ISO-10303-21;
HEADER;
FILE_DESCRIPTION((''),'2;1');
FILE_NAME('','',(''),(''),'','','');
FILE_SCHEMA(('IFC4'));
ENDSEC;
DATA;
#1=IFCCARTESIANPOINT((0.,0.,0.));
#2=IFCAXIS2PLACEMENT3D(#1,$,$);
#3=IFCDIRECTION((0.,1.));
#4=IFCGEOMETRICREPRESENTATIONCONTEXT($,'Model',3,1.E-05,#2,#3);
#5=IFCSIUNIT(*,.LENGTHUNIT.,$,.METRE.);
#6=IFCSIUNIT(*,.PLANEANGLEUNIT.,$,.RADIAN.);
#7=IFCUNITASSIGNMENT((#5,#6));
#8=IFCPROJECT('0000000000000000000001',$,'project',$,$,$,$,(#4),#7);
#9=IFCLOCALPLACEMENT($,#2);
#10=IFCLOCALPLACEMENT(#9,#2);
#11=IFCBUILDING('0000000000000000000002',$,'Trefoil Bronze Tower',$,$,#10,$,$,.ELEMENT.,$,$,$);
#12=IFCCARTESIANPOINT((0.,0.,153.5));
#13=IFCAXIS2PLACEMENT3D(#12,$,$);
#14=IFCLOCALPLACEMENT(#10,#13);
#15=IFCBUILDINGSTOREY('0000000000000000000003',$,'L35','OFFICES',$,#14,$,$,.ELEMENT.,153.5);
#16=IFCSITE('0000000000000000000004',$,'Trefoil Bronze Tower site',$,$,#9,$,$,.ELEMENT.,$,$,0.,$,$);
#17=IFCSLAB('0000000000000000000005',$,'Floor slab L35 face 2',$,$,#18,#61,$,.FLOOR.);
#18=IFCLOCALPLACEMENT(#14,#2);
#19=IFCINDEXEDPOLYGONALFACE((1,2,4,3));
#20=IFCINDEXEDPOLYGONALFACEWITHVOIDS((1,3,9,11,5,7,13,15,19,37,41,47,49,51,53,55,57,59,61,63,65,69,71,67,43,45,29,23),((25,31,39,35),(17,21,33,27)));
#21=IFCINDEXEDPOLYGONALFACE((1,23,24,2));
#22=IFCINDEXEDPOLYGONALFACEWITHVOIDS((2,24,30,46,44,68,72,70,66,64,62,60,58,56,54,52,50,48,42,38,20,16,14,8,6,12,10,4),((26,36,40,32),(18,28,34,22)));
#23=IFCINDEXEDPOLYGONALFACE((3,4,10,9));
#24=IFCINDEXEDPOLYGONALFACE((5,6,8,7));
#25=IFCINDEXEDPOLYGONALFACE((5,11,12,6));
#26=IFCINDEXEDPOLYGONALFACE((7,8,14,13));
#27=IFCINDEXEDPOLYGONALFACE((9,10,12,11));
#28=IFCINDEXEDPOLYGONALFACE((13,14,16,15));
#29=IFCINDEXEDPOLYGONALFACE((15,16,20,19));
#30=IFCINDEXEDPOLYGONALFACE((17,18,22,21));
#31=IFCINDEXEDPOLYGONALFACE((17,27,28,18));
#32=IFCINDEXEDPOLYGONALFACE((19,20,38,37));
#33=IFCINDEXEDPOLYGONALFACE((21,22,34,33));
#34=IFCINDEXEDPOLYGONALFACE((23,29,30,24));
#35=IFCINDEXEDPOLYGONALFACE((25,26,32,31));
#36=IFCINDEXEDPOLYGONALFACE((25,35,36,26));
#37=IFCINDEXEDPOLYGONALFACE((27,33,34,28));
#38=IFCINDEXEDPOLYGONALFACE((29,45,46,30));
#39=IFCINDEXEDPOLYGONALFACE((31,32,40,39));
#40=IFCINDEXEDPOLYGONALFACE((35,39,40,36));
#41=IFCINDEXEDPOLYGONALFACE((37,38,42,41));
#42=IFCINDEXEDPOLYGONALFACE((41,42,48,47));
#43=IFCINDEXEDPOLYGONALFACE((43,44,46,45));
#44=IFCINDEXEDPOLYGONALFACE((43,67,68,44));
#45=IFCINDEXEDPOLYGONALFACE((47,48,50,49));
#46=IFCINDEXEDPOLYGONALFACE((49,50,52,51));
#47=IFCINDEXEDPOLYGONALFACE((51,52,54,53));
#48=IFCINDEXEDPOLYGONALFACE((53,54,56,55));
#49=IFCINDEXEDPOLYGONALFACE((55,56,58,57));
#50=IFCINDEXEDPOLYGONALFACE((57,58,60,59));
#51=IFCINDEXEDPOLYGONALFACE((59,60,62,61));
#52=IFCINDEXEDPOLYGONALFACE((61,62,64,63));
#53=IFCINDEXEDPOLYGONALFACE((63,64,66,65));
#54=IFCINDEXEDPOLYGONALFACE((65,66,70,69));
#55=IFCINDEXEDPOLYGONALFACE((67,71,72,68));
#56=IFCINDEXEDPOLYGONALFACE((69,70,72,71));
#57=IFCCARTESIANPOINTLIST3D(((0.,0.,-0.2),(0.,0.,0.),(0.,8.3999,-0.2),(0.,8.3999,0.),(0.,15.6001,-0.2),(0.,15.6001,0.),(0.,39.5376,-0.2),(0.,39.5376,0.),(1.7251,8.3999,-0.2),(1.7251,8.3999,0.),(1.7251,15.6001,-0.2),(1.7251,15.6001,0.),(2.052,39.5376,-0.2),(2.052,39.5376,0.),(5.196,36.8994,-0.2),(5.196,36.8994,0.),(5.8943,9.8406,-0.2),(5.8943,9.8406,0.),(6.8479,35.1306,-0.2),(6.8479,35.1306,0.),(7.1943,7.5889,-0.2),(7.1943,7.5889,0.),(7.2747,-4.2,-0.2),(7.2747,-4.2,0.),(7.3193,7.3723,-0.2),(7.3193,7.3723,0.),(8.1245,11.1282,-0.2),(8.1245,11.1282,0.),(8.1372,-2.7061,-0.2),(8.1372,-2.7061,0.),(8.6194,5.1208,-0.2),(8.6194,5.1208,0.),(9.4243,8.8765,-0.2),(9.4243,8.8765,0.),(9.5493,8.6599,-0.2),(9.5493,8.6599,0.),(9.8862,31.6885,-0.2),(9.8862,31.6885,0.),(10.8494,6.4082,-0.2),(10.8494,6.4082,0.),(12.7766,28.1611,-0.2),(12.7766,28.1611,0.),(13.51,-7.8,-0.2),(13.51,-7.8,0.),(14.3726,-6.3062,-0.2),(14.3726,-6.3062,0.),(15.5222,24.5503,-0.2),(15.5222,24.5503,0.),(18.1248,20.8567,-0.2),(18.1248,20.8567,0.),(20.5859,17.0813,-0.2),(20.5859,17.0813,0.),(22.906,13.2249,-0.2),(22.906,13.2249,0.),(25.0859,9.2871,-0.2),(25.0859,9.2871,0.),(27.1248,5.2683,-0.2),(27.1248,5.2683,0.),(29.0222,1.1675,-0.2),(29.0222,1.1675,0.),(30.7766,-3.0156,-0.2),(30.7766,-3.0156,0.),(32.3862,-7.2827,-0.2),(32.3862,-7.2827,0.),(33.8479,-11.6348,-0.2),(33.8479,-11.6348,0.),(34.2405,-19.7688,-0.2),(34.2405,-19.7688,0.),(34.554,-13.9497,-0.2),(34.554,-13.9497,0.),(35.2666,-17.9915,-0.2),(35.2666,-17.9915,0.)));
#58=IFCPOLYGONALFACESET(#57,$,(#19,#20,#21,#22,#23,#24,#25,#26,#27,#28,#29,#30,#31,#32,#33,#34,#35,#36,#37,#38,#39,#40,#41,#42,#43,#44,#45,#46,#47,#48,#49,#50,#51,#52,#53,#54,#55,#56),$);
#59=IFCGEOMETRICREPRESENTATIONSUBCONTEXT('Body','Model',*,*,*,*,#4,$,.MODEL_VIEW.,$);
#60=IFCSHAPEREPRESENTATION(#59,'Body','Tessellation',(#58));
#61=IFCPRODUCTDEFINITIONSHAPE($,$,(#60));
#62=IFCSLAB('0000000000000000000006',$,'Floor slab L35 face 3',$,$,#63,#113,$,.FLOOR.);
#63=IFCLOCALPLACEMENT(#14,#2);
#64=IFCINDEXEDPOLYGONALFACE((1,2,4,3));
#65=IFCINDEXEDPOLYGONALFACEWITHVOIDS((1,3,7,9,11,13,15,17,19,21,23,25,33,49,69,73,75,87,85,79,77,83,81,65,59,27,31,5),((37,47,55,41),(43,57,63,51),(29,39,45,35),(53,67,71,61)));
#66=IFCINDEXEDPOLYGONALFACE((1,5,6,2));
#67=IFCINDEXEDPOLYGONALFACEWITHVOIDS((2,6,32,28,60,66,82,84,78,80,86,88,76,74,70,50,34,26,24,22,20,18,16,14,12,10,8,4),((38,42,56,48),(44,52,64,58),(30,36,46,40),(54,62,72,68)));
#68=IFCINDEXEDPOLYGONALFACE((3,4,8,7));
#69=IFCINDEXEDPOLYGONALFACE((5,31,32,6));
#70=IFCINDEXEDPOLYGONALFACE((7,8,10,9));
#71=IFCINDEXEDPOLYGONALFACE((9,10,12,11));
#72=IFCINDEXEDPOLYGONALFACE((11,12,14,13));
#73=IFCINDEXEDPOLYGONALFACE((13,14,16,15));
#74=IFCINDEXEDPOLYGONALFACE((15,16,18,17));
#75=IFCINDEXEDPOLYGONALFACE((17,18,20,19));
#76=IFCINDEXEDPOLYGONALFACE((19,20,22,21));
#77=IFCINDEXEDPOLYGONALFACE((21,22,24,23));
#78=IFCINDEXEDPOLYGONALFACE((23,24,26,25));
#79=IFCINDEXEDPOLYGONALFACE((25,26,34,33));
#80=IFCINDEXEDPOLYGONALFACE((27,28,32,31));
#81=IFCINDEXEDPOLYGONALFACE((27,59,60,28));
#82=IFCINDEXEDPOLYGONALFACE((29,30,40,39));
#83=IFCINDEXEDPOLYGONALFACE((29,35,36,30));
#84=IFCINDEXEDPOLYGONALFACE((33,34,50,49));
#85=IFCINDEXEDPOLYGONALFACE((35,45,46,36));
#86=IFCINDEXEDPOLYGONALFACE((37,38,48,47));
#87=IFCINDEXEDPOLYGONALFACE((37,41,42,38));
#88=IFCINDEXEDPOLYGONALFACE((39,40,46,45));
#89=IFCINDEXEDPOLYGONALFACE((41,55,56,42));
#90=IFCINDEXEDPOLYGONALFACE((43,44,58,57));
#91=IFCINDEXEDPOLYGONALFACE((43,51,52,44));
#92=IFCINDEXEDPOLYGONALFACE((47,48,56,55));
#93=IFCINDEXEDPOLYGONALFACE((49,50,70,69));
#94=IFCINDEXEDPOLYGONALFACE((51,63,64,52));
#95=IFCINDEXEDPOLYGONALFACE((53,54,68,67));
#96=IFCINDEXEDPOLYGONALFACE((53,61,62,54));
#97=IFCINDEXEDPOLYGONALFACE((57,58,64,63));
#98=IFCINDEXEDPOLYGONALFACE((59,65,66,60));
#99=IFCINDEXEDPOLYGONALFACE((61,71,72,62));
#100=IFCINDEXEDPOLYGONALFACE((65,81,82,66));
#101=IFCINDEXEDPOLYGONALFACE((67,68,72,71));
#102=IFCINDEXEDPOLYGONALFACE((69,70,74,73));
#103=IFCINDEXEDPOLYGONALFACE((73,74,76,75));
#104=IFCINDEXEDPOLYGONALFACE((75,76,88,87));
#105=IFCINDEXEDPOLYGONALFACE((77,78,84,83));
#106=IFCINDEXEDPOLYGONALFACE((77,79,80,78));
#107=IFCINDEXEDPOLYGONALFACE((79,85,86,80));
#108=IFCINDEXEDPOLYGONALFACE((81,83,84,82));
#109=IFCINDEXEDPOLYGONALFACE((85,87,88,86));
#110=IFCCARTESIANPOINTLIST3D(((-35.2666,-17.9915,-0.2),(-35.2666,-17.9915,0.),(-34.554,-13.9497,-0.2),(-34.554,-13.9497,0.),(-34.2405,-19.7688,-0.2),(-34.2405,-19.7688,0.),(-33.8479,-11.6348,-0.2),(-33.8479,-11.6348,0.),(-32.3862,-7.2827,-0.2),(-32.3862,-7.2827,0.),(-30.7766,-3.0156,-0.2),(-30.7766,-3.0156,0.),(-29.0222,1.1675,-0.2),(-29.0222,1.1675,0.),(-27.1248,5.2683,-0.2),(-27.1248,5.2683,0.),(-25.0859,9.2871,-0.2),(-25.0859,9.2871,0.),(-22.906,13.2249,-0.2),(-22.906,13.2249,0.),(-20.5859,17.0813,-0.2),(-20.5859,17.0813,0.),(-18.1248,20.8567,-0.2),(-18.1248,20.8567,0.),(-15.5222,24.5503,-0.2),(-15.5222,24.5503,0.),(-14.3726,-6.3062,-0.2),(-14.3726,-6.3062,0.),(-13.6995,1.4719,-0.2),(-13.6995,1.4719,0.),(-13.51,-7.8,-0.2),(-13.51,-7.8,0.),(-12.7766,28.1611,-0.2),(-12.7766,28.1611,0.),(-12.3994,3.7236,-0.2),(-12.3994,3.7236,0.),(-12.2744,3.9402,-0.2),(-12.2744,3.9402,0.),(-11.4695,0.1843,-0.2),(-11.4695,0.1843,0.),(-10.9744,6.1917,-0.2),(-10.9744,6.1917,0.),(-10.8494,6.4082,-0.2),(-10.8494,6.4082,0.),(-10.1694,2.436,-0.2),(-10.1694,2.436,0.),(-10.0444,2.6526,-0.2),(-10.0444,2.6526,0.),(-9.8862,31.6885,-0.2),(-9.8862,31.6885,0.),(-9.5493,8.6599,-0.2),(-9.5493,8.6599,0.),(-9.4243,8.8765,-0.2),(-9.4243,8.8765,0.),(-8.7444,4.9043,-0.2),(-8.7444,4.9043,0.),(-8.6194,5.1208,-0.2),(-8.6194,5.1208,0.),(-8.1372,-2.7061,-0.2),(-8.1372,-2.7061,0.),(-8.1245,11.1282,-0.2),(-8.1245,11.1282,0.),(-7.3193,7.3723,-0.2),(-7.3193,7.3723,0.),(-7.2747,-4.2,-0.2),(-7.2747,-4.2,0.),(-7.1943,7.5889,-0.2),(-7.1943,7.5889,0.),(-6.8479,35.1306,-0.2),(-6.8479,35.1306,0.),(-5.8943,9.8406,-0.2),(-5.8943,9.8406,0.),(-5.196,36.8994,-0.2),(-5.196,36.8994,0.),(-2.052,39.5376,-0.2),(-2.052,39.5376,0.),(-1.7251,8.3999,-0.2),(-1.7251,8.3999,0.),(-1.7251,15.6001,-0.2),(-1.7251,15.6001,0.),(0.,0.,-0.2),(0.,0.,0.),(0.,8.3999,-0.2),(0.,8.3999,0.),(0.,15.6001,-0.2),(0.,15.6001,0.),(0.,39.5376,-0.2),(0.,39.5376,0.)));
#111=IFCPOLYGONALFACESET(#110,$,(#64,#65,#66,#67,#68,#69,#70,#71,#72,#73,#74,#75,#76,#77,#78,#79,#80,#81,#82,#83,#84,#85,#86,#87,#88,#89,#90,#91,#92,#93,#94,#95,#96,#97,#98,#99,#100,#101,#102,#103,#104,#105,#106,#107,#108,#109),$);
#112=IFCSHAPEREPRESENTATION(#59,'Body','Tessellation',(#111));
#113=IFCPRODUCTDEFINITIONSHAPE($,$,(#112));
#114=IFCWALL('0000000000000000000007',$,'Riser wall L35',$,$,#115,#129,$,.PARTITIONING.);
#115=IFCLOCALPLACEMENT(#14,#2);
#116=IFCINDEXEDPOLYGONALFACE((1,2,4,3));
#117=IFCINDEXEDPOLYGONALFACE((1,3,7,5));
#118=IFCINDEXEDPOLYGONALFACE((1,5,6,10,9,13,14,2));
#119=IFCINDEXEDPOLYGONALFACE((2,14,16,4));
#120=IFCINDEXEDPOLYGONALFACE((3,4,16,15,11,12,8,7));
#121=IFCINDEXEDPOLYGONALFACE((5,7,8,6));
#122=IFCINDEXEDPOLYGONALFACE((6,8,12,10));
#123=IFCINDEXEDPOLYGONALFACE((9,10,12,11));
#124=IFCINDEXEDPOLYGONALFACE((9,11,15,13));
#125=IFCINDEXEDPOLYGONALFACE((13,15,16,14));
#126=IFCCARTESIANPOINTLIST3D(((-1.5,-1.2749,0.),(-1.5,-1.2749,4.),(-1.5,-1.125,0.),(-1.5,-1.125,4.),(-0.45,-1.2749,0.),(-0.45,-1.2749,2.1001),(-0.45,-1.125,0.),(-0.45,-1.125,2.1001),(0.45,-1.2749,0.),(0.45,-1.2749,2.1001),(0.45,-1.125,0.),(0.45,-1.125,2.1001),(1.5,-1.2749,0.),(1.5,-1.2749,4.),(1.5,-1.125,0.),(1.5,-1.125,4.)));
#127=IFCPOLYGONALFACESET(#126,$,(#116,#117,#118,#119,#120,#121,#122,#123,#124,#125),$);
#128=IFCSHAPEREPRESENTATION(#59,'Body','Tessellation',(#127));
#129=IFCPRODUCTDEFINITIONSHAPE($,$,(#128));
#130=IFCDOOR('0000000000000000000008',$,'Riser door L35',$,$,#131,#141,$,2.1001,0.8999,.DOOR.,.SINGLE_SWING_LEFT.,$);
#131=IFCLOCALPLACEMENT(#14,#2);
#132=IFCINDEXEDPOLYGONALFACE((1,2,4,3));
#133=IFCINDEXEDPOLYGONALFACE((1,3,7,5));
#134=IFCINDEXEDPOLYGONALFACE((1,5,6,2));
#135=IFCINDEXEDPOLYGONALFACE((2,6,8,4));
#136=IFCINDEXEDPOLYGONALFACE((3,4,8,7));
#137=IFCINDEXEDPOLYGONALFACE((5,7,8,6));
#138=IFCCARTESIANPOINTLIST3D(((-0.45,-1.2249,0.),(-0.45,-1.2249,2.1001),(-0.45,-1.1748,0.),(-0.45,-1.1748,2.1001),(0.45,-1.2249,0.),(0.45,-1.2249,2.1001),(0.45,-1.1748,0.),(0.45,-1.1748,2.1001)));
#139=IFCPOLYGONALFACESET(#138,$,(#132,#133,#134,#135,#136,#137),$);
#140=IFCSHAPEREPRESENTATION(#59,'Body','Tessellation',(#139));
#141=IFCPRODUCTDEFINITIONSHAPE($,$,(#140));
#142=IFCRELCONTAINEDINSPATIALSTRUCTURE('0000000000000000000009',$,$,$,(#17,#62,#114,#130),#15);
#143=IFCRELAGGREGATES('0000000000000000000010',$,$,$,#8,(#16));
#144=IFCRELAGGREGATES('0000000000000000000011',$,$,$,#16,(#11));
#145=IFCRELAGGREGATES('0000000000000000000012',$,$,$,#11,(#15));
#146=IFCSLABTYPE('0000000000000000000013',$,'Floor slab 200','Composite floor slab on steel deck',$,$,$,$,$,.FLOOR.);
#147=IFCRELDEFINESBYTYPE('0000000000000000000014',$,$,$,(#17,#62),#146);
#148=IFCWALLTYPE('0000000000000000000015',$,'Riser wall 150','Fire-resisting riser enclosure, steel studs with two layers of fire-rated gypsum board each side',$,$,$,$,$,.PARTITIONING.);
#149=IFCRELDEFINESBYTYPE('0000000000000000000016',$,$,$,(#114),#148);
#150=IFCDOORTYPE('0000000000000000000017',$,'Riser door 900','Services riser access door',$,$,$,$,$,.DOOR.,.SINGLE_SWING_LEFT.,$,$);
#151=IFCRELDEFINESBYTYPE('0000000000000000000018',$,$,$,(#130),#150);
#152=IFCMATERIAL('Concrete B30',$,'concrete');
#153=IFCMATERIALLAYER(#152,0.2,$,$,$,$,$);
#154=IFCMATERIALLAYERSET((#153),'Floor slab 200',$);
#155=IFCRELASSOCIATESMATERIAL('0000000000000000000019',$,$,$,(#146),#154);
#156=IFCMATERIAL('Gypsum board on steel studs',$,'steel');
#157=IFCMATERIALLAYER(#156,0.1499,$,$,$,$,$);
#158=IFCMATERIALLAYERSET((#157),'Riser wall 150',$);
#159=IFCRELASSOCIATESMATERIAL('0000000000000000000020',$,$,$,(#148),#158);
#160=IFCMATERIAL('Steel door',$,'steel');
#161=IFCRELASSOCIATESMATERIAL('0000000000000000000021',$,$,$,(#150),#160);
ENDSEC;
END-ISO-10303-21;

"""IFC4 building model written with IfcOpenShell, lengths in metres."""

from ifc_helpers import new_model, si_unit, direction, frame, frame_2d, origin, place, context, subcontext, project, spatial, polyline, rectangle, outline, extrude, material, layer, layer_set, type_object, element, fill, save


model = new_model("IFC4")

# Units and contexts
model_context = context("Model", 3, precision=1e-05, world=origin(), true_north=direction((0.0, 1.0)))
body_context = subcontext(model_context, "Body", "Model", "MODEL_VIEW")
ifc_project = project(units=[si_unit("LENGTHUNIT", "METRE"), si_unit("PLANEANGLEUNIT", "RADIAN")], contexts=[model_context])

# Site, building, storey
site_placement = place(None, origin())
site = spatial("IfcSite", under=ifc_project, at=site_placement, Name="Trefoil Bronze Tower site", CompositionType="ELEMENT", RefElevation=0.0)
building_placement = place(site_placement, origin())
building = spatial("IfcBuilding", under=site, at=building_placement, Name="Trefoil Bronze Tower", CompositionType="ELEMENT")
storey_placement = place(building_placement, frame((0.0, 0.0, 153.5)))
storey = spatial("IfcBuildingStorey", under=building, at=storey_placement, Name="L35", Description="OFFICES", CompositionType="ELEMENT", Elevation=153.5)

# Slabs
ifc_material_1 = material(Name="Concrete B30", Category="concrete")
ifc_layer_1 = layer(ifc_material_1, 0.2)
ifc_layer_set_1 = layer_set([ifc_layer_1], Name="Floor slab 200")
slab_type = type_object("IfcSlabType", Name="Floor slab 200", Description="Composite floor slab on steel deck", PredefinedType="FLOOR", material=ifc_layer_set_1)
slab_1_placement = place(storey_placement, frame((0.0, 0.0, -0.2)))
element("IfcSlab", 1, at=slab_1_placement, inside=storey, type_object=slab_type, Name="Floor slab L35 face 2", PredefinedType="FLOOR", context=body_context, shape_type="SweptSolid", body=[
    extrude(outline(polyline([(9.8862, 31.6885), (12.7766, 28.1611), (15.5222, 24.5503), (18.1248, 20.8567), (20.5859, 17.0813), (22.906, 13.2249), (25.0859, 9.2871), (27.1248, 5.2683), (29.0222, 1.1675), (30.7766, -3.0156), (32.3862, -7.2827), (33.8479, -11.6348), (34.554, -13.9497), (35.2666, -17.9915), (34.2405, -19.7688), (13.51, -7.8), (14.3726, -6.3062), (8.1372, -2.7061), (7.2747, -4.2), (0.0, 0.0), (0.0, 8.3999), (1.7251, 8.3999), (1.7251, 15.6001), (0.0, 15.6001), (0.0, 39.5376), (2.052, 39.5376), (5.196, 36.8994), (6.8479, 35.1306), (9.8862, 31.6885)]), holes=[polyline([(8.6194, 5.1208), (7.3193, 7.3723), (9.5493, 8.6599), (10.8494, 6.4082), (8.6194, 5.1208)]), polyline([(7.1943, 7.5889), (5.8943, 9.8406), (8.1245, 11.1282), (9.4243, 8.8765), (7.1943, 7.5889)])]), origin(), (0.0, 0.0, 1.0), 0.2),
])
slab_2_placement = place(storey_placement, frame((0.0, 0.0, -0.2)))
element("IfcSlab", 2, at=slab_2_placement, inside=storey, type_object=slab_type, Name="Floor slab L35 face 3", PredefinedType="FLOOR", context=body_context, shape_type="SweptSolid", body=[
    extrude(outline(polyline([(-32.3862, -7.2827), (-30.7766, -3.0156), (-29.0222, 1.1675), (-27.1248, 5.2683), (-25.0859, 9.2871), (-22.906, 13.2249), (-20.5859, 17.0813), (-18.1248, 20.8567), (-15.5222, 24.5503), (-12.7766, 28.1611), (-9.8862, 31.6885), (-6.8479, 35.1306), (-5.196, 36.8994), (-2.052, 39.5376), (0.0, 39.5376), (0.0, 15.6001), (-1.7251, 15.6001), (-1.7251, 8.3999), (0.0, 8.3999), (0.0, 0.0), (-7.2747, -4.2), (-8.1372, -2.7061), (-14.3726, -6.3062), (-13.51, -7.8), (-34.2405, -19.7688), (-35.2666, -17.9915), (-34.554, -13.9497), (-33.8479, -11.6348), (-32.3862, -7.2827)]), holes=[polyline([(-5.8943, 9.8406), (-7.1943, 7.5889), (-9.4243, 8.8765), (-8.1245, 11.1282), (-5.8943, 9.8406)]), polyline([(-7.3193, 7.3723), (-8.6194, 5.1208), (-10.8494, 6.4082), (-9.5493, 8.6599), (-7.3193, 7.3723)]), polyline([(-8.7444, 4.9043), (-10.0444, 2.6526), (-12.2744, 3.9402), (-10.9744, 6.1917), (-8.7444, 4.9043)]), polyline([(-10.1694, 2.436), (-11.4695, 0.1843), (-13.6995, 1.4719), (-12.3994, 3.7236), (-10.1694, 2.436)])]), origin(), (0.0, 0.0, 1.0), 0.2),
])

# Wall, opening, door
ifc_material_2 = material(Name="Gypsum board on steel studs", Category="steel")
ifc_layer_2 = layer(ifc_material_2, 0.1499)
ifc_layer_set_2 = layer_set([ifc_layer_2], Name="Riser wall 150")
wall_type_1 = type_object("IfcWallType", Name="Riser wall 150", Description="Fire-resisting riser enclosure, steel studs with two layers of fire-rated gypsum board each side", PredefinedType="PARTITIONING", material=ifc_layer_set_2)
wall_1_placement = place(storey_placement, frame((-1.5, -1.2, 0.0), z_axis=(0.0, 0.0, 1.0), x_axis=(1.0, 0.0, 0.0)))
wall_1 = element("IfcWall", 3, at=wall_1_placement, inside=storey, type_object=wall_type_1, Name="Riser wall L35", PredefinedType="PARTITIONING", context=body_context, shape_type="SweptSolid", body=[
    extrude(rectangle(XDim=3.0, YDim=0.1499, at=frame_2d((1.5, 0.0))), origin(), (0.0, 0.0, 1.0), 4.0),
])
opening_1_placement = place(wall_1_placement, frame((1.05, 0.0, 0.0)))
opening_1 = element("IfcOpeningElement", 4, at=opening_1_placement, cuts=wall_1, PredefinedType="OPENING", context=body_context, shape_type="SweptSolid", body=[
    extrude(rectangle(XDim=0.8999, YDim=2.1001, at=frame_2d((0.45, 1.05))), frame((0.0, 0.085, 0.0), z_axis=(0.0, -1.0, 0.0), x_axis=(1.0, 0.0, 0.0)), (0.0, 0.0, 1.0), 0.1699),
])
ifc_material_3 = material(Name="Steel door", Category="steel")
door_type_1 = type_object("IfcDoorType", Name="Riser door 900", Description="Services riser access door", OperationType="SINGLE_SWING_LEFT", PredefinedType="DOOR", material=ifc_material_3)
door_1_placement = place(opening_1_placement, frame((0.8999, 0.0, 0.0), z_axis=(0.0, 0.0, 1.0), x_axis=(-1.0, 0.0, 0.0)))
door_1 = element("IfcDoor", 5, at=door_1_placement, inside=storey, type_object=door_type_1, Name="Riser door L35", OperationType="SINGLE_SWING_LEFT", OverallHeight=2.1001, OverallWidth=0.8999, PredefinedType="DOOR", context=body_context, shape_type="SweptSolid", body=[
    extrude(rectangle(XDim=0.8999, YDim=2.1001, at=frame_2d((0.45, 1.05))), frame((0.0, 0.0249, 0.0), z_axis=(0.0, -1.0, 0.0), x_axis=(1.0, 0.0, 0.0)), (0.0, 0.0, 1.0), 0.05),
])
fill(opening_1, door_1)

save(model, "model.ifc")
